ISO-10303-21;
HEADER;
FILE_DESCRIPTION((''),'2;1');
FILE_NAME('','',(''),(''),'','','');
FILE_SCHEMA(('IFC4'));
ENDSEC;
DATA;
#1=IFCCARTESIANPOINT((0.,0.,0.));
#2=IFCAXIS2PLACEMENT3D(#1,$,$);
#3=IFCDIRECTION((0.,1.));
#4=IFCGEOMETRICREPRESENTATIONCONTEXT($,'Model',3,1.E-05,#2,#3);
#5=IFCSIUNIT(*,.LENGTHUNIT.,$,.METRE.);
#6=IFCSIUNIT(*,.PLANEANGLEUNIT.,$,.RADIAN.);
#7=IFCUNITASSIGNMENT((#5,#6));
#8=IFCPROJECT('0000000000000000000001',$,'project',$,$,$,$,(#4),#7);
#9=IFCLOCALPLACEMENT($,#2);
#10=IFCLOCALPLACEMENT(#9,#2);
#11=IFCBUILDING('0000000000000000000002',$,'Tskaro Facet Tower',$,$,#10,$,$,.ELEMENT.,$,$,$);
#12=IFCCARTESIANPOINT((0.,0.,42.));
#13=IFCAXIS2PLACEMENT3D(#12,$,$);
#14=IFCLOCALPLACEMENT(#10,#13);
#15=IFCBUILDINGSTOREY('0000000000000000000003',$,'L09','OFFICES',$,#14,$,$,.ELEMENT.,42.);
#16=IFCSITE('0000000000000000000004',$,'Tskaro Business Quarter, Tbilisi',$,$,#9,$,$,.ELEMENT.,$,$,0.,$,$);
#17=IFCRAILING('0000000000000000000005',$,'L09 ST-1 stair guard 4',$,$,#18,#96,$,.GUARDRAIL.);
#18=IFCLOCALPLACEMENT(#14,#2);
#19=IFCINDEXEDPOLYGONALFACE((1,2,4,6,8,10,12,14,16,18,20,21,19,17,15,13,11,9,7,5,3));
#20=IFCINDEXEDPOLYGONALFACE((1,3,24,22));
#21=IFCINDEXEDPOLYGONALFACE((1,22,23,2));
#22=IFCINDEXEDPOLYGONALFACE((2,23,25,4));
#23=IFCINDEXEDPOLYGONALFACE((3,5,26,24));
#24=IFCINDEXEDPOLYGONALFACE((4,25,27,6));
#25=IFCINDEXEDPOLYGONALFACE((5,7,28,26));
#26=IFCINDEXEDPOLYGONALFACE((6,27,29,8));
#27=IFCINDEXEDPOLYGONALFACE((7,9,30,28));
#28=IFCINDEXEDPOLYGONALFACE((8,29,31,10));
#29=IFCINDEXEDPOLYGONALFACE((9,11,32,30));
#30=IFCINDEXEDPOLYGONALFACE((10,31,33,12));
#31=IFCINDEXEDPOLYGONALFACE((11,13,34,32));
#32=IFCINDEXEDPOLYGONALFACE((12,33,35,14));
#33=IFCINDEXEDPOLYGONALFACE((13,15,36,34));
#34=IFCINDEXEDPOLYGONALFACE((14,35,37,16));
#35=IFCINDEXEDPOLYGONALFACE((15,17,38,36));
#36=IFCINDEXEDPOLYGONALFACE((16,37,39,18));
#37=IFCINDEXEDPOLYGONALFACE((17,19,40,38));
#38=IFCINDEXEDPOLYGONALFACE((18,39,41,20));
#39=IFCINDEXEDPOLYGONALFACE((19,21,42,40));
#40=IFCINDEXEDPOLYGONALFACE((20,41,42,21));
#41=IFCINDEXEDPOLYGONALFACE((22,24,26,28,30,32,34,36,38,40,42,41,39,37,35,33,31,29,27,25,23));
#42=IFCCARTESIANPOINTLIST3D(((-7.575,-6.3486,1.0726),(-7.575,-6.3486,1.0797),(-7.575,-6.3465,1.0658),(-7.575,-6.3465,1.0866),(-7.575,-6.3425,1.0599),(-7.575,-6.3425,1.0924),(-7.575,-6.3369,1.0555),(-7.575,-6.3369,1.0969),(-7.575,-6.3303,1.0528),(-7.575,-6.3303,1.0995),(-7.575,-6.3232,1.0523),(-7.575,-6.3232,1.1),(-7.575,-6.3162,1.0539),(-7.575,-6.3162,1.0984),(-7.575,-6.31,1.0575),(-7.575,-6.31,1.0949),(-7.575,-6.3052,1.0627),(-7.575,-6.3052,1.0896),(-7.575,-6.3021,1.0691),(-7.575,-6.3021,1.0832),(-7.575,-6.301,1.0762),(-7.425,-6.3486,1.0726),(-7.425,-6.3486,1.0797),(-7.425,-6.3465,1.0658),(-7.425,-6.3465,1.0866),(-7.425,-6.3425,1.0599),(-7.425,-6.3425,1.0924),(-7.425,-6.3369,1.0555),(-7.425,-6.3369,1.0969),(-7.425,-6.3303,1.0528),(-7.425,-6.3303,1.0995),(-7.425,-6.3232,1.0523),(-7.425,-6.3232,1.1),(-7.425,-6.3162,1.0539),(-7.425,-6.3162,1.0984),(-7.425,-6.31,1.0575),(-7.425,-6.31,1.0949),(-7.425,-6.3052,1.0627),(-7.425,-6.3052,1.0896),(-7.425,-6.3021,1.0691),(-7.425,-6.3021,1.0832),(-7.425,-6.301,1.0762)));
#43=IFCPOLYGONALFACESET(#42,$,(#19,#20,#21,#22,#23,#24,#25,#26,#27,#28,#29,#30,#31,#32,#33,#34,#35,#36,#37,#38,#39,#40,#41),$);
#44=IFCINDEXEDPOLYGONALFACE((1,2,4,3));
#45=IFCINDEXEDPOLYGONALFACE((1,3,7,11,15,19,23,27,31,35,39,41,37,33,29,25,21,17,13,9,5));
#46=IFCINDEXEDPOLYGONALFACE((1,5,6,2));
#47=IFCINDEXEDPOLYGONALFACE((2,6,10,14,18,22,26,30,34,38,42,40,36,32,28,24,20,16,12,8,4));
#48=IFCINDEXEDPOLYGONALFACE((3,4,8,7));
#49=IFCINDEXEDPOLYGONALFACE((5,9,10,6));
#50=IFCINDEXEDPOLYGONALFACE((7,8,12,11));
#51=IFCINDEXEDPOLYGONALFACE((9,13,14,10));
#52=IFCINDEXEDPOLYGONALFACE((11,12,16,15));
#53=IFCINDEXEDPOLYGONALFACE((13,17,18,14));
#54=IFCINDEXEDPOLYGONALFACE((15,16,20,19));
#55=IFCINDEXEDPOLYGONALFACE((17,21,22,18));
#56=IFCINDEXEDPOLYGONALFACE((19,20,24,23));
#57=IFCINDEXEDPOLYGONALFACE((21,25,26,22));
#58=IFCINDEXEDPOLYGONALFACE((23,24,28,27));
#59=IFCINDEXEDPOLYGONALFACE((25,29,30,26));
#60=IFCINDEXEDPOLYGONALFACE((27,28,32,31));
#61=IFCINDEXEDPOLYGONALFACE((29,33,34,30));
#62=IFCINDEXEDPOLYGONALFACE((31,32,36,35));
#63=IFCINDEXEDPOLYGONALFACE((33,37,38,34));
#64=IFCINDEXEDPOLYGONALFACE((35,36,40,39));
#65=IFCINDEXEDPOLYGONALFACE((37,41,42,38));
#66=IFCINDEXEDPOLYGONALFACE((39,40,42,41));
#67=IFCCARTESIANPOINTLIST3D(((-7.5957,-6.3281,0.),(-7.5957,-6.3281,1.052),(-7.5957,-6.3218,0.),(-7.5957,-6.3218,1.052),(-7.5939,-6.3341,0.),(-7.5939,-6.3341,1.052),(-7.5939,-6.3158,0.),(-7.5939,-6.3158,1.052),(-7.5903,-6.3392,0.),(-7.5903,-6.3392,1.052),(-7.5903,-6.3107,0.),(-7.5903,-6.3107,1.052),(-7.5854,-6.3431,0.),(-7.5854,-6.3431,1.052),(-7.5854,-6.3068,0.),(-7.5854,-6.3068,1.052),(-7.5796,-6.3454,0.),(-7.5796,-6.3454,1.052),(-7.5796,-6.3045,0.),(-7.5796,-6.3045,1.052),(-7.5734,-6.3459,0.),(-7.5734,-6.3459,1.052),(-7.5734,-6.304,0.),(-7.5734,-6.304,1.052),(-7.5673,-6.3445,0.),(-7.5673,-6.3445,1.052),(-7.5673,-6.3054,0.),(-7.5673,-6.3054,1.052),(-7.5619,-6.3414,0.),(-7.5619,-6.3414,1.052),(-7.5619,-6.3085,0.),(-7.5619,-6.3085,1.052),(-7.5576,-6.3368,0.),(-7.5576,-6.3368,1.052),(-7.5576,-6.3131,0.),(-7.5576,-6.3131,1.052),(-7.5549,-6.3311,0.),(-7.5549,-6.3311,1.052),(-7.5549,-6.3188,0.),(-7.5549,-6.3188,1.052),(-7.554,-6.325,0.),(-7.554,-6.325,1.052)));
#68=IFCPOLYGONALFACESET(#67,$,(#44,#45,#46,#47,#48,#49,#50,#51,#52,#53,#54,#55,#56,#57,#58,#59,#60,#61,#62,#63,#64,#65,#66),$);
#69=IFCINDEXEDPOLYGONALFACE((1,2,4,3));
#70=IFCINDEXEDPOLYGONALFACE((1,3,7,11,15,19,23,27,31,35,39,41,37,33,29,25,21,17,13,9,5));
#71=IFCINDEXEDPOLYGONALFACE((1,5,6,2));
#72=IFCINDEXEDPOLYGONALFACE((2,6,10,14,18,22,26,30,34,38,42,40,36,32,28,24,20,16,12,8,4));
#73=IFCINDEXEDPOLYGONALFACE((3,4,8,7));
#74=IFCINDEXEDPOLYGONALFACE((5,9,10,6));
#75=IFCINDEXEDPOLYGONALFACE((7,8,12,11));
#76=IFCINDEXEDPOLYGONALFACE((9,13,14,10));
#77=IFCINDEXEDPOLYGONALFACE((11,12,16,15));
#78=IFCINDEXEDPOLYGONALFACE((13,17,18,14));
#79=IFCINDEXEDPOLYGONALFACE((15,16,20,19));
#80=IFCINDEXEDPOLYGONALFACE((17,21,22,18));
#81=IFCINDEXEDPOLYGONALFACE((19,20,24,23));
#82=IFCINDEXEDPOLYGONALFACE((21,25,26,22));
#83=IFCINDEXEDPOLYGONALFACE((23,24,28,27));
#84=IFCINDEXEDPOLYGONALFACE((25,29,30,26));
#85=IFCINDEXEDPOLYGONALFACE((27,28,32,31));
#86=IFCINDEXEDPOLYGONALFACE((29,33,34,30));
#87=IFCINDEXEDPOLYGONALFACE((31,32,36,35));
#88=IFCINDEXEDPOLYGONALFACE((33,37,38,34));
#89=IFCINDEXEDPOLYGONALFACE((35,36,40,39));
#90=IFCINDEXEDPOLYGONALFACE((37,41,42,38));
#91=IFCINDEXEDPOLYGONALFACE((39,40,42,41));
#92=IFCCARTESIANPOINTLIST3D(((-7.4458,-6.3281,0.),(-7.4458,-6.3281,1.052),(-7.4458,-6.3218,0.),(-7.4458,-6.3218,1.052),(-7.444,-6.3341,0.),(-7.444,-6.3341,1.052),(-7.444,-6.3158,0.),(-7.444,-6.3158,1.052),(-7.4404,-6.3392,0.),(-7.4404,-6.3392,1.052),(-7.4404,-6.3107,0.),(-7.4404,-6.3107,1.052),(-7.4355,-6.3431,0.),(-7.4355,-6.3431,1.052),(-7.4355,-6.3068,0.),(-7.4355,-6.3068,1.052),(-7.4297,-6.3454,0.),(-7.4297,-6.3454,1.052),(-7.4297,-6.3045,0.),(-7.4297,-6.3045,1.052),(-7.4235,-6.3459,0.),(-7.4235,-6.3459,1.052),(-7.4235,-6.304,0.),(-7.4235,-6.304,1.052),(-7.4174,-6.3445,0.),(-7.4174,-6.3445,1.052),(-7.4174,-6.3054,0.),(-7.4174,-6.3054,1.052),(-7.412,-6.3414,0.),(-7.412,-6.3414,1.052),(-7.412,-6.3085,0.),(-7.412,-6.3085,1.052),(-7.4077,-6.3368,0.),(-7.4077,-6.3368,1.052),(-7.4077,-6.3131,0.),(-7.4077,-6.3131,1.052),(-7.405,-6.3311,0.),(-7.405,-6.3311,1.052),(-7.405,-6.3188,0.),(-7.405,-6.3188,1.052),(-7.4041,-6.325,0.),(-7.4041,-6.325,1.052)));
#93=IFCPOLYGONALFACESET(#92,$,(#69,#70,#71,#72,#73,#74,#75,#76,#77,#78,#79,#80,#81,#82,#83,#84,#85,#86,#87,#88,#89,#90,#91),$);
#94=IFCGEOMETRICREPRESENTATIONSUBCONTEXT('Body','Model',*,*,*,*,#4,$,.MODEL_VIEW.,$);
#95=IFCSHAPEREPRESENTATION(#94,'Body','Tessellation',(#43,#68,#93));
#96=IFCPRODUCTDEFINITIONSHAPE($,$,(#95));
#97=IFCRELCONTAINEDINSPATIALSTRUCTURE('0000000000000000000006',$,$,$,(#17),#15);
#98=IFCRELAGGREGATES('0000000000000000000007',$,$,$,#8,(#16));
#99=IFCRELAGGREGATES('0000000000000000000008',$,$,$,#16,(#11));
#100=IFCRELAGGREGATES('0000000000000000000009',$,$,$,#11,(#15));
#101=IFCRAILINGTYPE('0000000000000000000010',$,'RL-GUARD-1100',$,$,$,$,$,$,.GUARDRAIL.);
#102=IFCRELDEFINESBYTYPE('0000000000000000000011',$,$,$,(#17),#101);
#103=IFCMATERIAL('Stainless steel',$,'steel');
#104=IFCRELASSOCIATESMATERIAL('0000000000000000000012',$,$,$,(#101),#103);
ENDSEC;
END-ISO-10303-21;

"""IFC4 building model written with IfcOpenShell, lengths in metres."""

from ifc_helpers import new_model, si_unit, direction, frame, origin, origin_2d, place, context, subcontext, project, spatial, circle, extrude, material, type_object, element, save


model = new_model("IFC4")

# Units and contexts
model_context = context("Model", 3, precision=1e-05, world=origin(), true_north=direction((0.0, 1.0)))
body_context = subcontext(model_context, "Body", "Model", "MODEL_VIEW")
ifc_project = project(units=[si_unit("LENGTHUNIT", "METRE"), si_unit("PLANEANGLEUNIT", "RADIAN")], contexts=[model_context])

# Site, building, storey
site_placement = place(None, origin())
site = spatial("IfcSite", under=ifc_project, at=site_placement, Name="Tskaro Business Quarter, Tbilisi", CompositionType="ELEMENT", RefElevation=0.0)
building_placement = place(site_placement, origin())
building = spatial("IfcBuilding", under=site, at=building_placement, Name="Tskaro Facet Tower", CompositionType="ELEMENT")
storey_placement = place(building_placement, frame((0.0, 0.0, 42.0)))
storey = spatial("IfcBuildingStorey", under=building, at=storey_placement, Name="L09", Description="OFFICES", CompositionType="ELEMENT", Elevation=42.0)

# Shared definitions
ifc_material_1 = material(Name="Stainless steel", Category="steel")

# Railing
railing_type_1 = type_object("IfcRailingType", Name="RL-GUARD-1100", PredefinedType="GUARDRAIL", material=ifc_material_1)
railing_1_placement = place(storey_placement, frame((-7.575, -6.325, 0.0)))
element("IfcRailing", 1, at=railing_1_placement, inside=storey, type_object=railing_type_1, Name="L09 ST-1 stair guard 4", PredefinedType="GUARDRAIL", context=body_context, shape_type="SweptSolid", body=[
    extrude(circle(Radius=0.0239, at=origin_2d()), frame((0.0, 0.0, 1.0762), z_axis=(1.0, 0.0, 0.0), x_axis=(0.0, 1.0, 0.0)), (0.0, 0.0, 1.0), 0.1499),
    extrude(circle(Radius=0.021, at=origin_2d()), origin(), (0.0, 0.0, 1.0), 1.052),
    extrude(circle(Radius=0.021, at=origin_2d()), frame((0.1499, 0.0, 0.0)), (0.0, 0.0, 1.0), 1.052),
])

save(model, "model.ifc")
